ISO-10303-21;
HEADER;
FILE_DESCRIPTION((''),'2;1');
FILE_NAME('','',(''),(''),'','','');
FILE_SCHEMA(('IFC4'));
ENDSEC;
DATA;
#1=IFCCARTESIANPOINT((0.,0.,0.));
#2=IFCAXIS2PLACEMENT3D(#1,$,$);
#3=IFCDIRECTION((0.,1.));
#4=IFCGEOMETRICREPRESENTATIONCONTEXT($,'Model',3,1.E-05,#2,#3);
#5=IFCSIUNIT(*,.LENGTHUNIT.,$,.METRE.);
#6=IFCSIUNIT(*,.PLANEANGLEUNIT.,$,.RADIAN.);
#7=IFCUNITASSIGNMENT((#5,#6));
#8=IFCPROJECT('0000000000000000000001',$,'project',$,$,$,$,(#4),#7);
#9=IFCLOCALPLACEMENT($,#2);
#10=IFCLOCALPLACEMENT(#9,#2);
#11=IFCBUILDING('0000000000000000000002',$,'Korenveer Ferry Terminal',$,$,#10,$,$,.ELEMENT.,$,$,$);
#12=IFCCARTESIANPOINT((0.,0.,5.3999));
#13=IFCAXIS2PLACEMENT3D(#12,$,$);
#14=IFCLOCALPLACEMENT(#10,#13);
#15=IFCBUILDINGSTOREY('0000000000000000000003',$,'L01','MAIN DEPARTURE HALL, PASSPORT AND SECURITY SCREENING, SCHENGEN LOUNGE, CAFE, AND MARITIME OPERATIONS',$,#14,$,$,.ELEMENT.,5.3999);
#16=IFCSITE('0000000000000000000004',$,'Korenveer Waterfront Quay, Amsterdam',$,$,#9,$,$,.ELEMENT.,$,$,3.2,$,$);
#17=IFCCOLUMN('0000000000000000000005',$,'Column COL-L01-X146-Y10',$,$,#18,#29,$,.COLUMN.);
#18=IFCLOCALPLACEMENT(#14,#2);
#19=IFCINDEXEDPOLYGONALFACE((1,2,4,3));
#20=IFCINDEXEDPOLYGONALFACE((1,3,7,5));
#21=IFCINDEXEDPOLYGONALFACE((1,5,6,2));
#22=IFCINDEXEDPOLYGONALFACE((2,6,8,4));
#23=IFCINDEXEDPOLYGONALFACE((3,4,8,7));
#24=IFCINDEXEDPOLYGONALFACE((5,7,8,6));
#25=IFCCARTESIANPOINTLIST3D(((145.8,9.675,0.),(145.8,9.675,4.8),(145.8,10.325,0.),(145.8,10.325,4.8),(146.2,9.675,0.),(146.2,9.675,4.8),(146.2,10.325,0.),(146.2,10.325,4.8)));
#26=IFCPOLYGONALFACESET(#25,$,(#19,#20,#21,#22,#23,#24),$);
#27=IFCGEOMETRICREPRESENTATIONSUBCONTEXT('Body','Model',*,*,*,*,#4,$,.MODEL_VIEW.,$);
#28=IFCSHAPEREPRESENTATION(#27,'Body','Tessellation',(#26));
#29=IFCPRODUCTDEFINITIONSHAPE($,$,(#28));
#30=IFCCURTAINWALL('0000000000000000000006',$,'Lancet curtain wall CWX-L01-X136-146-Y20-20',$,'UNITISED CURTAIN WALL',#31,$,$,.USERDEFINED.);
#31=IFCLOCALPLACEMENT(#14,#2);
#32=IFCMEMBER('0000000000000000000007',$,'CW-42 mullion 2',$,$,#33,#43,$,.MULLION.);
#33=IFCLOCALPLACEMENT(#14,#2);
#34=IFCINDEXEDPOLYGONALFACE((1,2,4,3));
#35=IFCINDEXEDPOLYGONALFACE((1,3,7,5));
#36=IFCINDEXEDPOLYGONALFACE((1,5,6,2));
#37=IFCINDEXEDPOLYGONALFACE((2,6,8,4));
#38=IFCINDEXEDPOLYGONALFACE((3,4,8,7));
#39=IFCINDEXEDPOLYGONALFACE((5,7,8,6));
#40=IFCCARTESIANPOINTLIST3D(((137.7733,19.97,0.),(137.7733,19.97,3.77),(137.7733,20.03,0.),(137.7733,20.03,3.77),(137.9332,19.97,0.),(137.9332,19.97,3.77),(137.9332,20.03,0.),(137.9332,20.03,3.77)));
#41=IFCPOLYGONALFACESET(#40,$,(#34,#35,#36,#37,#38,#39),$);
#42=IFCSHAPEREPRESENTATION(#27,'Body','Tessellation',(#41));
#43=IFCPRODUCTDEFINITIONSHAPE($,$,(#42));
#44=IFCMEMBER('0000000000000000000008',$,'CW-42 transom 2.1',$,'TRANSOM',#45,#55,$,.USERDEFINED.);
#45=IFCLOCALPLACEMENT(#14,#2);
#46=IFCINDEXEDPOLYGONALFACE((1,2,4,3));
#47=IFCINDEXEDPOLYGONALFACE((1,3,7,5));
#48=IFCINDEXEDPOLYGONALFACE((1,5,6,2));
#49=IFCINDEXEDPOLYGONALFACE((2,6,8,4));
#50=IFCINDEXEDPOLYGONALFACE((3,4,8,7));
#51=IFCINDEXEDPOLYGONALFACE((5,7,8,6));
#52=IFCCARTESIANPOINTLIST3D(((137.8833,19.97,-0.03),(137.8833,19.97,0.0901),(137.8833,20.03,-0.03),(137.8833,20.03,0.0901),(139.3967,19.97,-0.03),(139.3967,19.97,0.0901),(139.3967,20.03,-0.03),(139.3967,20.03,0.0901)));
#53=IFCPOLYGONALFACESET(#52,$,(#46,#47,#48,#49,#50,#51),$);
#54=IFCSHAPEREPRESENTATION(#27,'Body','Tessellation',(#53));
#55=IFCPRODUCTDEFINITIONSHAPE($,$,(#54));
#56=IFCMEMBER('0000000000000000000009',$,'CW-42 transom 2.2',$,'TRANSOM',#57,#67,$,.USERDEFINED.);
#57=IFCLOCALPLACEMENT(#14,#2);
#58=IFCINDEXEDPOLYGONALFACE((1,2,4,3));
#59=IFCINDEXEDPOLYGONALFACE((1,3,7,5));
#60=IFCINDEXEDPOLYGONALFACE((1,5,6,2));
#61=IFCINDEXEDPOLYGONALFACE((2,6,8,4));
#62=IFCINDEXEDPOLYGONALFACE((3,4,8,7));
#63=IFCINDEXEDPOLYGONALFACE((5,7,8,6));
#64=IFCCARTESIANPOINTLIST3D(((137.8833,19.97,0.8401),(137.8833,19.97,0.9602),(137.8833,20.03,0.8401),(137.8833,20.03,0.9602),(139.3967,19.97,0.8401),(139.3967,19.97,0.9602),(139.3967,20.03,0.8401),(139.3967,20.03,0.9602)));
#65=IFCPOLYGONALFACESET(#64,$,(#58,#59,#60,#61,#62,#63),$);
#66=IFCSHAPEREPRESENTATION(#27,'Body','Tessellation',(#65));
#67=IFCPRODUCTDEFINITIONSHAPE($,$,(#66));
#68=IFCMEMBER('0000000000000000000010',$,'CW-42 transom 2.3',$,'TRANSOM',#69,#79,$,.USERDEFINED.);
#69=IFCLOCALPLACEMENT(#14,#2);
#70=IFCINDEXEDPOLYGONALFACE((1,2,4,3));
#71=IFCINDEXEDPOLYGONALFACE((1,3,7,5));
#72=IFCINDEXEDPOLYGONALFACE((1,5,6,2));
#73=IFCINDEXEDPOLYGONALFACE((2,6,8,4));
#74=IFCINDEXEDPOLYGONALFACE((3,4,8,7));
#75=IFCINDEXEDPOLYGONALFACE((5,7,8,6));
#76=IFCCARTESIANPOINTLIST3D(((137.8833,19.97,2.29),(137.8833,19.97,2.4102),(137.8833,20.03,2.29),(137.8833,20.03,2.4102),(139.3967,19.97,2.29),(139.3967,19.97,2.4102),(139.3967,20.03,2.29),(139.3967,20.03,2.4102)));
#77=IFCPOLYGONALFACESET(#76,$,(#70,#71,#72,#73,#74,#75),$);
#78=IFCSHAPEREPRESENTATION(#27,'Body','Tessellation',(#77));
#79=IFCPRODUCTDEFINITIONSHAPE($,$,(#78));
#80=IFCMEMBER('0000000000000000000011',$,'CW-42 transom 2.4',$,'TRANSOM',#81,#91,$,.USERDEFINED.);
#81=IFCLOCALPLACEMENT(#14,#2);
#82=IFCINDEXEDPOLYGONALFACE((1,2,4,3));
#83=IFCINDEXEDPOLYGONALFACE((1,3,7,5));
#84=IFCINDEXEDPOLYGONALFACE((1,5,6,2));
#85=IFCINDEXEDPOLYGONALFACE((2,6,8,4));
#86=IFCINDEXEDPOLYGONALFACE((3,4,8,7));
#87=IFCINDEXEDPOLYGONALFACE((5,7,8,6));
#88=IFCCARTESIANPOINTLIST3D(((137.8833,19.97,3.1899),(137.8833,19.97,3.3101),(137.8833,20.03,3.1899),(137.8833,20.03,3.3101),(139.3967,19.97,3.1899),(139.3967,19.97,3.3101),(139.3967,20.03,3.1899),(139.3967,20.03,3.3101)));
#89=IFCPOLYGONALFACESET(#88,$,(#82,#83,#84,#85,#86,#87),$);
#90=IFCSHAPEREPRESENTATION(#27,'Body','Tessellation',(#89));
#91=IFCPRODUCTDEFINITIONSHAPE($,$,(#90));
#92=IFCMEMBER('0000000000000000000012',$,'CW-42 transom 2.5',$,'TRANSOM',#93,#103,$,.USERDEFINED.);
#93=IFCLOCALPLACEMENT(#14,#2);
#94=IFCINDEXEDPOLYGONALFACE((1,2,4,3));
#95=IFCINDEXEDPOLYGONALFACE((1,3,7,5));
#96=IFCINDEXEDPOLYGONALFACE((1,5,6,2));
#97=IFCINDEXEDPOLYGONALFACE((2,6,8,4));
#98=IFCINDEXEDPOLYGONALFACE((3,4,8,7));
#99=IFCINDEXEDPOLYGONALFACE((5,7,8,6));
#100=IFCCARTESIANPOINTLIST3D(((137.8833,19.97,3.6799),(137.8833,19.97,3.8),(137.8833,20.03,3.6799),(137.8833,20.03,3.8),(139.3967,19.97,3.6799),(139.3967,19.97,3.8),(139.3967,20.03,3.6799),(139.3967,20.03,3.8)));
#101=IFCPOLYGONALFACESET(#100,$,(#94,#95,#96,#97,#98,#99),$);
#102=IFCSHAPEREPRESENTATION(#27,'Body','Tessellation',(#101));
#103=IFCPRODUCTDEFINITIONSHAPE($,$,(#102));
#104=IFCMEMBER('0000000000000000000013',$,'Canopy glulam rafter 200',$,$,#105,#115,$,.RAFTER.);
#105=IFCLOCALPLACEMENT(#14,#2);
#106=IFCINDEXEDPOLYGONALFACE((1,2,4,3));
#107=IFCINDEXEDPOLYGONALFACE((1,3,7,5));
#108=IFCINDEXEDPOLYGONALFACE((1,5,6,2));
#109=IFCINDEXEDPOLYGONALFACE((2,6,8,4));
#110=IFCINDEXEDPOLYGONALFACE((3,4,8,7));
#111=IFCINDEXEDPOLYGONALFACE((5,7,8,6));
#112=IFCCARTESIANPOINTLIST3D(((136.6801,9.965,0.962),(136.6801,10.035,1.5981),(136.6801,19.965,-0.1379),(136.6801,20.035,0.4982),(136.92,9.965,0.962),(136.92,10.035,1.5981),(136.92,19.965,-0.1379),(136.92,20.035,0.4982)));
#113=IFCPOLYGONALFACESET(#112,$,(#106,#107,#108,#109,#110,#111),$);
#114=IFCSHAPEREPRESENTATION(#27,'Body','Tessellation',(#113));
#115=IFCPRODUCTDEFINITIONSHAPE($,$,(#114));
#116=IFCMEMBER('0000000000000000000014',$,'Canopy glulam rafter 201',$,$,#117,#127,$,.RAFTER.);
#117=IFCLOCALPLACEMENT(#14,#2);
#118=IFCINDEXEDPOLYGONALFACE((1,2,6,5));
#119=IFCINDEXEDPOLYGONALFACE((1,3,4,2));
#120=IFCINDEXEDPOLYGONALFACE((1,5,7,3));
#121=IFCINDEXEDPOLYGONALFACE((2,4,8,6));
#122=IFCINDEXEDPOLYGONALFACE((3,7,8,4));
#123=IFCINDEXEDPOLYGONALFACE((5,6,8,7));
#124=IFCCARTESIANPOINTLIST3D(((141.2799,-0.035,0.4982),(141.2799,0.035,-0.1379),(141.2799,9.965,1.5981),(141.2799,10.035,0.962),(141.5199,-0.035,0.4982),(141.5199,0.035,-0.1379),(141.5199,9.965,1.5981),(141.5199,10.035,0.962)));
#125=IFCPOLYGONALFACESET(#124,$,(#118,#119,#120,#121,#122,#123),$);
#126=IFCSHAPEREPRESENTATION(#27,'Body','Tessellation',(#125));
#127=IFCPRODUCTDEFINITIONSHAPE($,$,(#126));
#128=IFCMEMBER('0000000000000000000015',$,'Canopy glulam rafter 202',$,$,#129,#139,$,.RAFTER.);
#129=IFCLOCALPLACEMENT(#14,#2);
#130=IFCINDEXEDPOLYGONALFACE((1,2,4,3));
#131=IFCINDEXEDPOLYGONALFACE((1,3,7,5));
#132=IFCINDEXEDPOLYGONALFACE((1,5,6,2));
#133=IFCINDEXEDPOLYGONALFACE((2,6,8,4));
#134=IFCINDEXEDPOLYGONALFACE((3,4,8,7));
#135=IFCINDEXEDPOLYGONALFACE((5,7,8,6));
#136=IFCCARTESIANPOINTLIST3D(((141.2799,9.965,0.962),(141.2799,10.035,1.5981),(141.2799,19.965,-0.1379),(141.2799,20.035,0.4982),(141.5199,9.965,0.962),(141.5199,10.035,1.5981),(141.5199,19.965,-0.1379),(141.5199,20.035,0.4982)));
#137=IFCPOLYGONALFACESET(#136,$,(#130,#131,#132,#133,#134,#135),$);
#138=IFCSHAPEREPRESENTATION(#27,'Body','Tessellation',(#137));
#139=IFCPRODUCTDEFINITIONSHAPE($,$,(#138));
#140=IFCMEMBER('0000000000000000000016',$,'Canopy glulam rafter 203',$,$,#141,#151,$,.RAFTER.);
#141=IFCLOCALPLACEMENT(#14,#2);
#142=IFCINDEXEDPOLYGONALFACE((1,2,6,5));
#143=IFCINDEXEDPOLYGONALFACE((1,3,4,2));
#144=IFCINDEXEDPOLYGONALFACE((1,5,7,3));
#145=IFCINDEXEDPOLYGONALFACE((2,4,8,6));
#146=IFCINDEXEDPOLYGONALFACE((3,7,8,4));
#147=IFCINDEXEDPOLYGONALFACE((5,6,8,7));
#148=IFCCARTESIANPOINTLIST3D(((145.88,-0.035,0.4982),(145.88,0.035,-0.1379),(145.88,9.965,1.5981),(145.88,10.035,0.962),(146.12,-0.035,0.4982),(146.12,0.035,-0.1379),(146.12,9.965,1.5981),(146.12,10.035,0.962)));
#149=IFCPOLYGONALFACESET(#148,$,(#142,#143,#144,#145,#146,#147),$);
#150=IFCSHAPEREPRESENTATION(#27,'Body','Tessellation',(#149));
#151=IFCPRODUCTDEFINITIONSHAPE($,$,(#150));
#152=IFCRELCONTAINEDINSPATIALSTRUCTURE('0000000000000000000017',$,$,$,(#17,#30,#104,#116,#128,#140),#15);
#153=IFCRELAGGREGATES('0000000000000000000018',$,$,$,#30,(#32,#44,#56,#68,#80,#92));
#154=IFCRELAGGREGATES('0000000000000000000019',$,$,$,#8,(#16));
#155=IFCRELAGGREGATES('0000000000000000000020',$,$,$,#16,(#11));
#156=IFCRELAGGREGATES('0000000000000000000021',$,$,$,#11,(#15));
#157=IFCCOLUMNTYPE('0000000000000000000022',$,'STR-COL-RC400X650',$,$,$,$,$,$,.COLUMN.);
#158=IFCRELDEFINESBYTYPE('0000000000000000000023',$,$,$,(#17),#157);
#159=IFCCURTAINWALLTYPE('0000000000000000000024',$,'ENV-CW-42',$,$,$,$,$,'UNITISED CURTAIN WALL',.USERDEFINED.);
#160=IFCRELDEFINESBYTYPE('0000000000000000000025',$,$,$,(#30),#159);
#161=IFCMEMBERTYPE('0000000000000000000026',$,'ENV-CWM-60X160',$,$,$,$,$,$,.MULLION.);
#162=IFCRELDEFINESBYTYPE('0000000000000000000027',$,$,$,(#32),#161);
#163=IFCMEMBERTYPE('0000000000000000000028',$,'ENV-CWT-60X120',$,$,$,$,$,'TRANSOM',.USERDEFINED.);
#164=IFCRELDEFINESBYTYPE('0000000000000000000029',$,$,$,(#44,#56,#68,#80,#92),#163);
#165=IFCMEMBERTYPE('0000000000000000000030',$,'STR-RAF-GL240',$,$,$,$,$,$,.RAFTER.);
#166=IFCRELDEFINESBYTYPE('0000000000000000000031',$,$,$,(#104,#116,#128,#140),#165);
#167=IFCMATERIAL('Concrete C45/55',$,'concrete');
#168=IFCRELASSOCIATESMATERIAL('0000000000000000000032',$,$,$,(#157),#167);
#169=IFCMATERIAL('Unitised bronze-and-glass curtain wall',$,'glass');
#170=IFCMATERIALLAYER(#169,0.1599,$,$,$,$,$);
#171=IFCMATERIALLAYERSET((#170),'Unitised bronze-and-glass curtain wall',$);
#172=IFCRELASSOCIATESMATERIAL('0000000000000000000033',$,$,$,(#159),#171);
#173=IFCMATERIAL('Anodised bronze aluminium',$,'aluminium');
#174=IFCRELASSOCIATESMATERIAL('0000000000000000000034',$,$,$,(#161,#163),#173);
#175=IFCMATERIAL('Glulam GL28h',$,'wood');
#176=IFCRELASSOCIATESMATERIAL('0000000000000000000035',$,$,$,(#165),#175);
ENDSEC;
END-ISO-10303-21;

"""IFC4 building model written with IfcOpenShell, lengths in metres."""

from ifc_helpers import new_model, si_unit, direction, frame, origin, origin_2d, place, context, subcontext, project, spatial, rectangle, extrude, material, layer, layer_set, material_profile, profile_set, type_object, element, aggregate, save


model = new_model("IFC4")

# Units and contexts
model_context = context("Model", 3, precision=1e-05, world=origin(), true_north=direction((0.0, 1.0)))
body_context = subcontext(model_context, "Body", "Model", "MODEL_VIEW")
ifc_project = project(units=[si_unit("LENGTHUNIT", "METRE"), si_unit("PLANEANGLEUNIT", "RADIAN")], contexts=[model_context])

# Site, building, storey
site_placement = place(None, origin())
site = spatial("IfcSite", under=ifc_project, at=site_placement, Name="Korenveer Waterfront Quay, Amsterdam", CompositionType="ELEMENT", RefElevation=3.2)
building_placement = place(site_placement, origin())
building = spatial("IfcBuilding", under=site, at=building_placement, Name="Korenveer Ferry Terminal", CompositionType="ELEMENT")
storey_placement = place(building_placement, frame((0.0, 0.0, 5.3999)))
storey = spatial("IfcBuildingStorey", under=building, at=storey_placement, Name="L01", Description="MAIN DEPARTURE HALL, PASSPORT AND SECURITY SCREENING, SCHENGEN LOUNGE, CAFE, AND MARITIME OPERATIONS", CompositionType="ELEMENT", Elevation=5.3999)

# Column
ifc_material_1 = material(Name="Concrete C45/55", Category="concrete")
ifc_material_profile_1 = material_profile(ifc_material_1, rectangle(XDim=0.3999, YDim=0.6499, at=origin_2d()), Name="RC 400x650")
ifc_profile_set_1 = profile_set([ifc_material_profile_1], Name="Concrete C45/55")
column_type = type_object("IfcColumnType", Name="STR-COL-RC400X650", PredefinedType="COLUMN", material=ifc_profile_set_1)
column_placement = place(storey_placement, frame((146.0, 10.0, 0.0), z_axis=(0.0, 0.0, 1.0), x_axis=(1.0, 0.0, 0.0)))
element("IfcColumn", 1, at=column_placement, inside=storey, type_object=column_type, Name="Column COL-L01-X146-Y10", PredefinedType="COLUMN", context=body_context, shape_type="SweptSolid", body=[
    extrude(rectangle(XDim=0.3999, YDim=0.6499, at=origin_2d()), origin(), (0.0, 0.0, 1.0), 4.8),
])

# Curtain wall, members
ifc_material_2 = material(Name="Unitised bronze-and-glass curtain wall", Category="glass")
ifc_layer_1 = layer(ifc_material_2, 0.1599)
ifc_layer_set_1 = layer_set([ifc_layer_1], Name="Unitised bronze-and-glass curtain wall")
curtain_wall_type = type_object("IfcCurtainWallType", Name="ENV-CW-42", ElementType="UNITISED CURTAIN WALL", PredefinedType="USERDEFINED", material=ifc_layer_set_1)
curtain_wall_placement = place(storey_placement, frame((136.28, 20.0, 0.0)))
curtain_wall = element("IfcCurtainWall", 2, at=curtain_wall_placement, inside=storey, type_object=curtain_wall_type, Name="Lancet curtain wall CWX-L01-X136-146-Y20-20", ObjectType="UNITISED CURTAIN WALL", PredefinedType="USERDEFINED")
ifc_material_3 = material(Name="Anodised bronze aluminium", Category="aluminium")
ifc_material_profile_2 = material_profile(ifc_material_3, rectangle(XDim=0.0601, YDim=0.1599, at=origin_2d()), Name="ALU 60x160")
ifc_profile_set_2 = profile_set([ifc_material_profile_2], Name="Anodised bronze aluminium")
member_type_1 = type_object("IfcMemberType", Name="ENV-CWM-60X160", PredefinedType="MULLION", material=ifc_profile_set_2)
member_1_placement = place(storey_placement, frame((137.8533, 20.0, 0.0), z_axis=(0.0, 0.0, 1.0), x_axis=(0.0, 1.0, 0.0)))
member_1 = element("IfcMember", 3, at=member_1_placement, type_object=member_type_1, Name="CW-42 mullion 2", PredefinedType="MULLION", context=body_context, shape_type="SweptSolid", body=[
    extrude(rectangle(XDim=0.0601, YDim=0.1599, at=origin_2d()), origin(), (0.0, 0.0, 1.0), 3.77),
])
ifc_material_profile_3 = material_profile(ifc_material_3, rectangle(XDim=0.0601, YDim=0.1201, at=origin_2d()), Name="ALU 60x120")
ifc_profile_set_3 = profile_set([ifc_material_profile_3], Name="Anodised bronze aluminium")
member_type_2 = type_object("IfcMemberType", Name="ENV-CWT-60X120", ElementType="TRANSOM", PredefinedType="USERDEFINED", material=ifc_profile_set_3)
member_2_placement = place(storey_placement, frame((137.8833, 20.0, 0.03), z_axis=(1.0, 0.0, 0.0), x_axis=(0.0, 1.0, 0.0)))
member_2 = element("IfcMember", 4, at=member_2_placement, type_object=member_type_2, Name="CW-42 transom 2.1", ObjectType="TRANSOM", PredefinedType="USERDEFINED", context=body_context, shape_type="SweptSolid", body=[
    extrude(rectangle(XDim=0.0601, YDim=0.1201, at=origin_2d()), origin(), (0.0, 0.0, 1.0), 1.5134),
])
member_3_placement = place(storey_placement, frame((137.8833, 20.0, 0.9001), z_axis=(1.0, 0.0, 0.0), x_axis=(0.0, 1.0, 0.0)))
member_3 = element("IfcMember", 5, at=member_3_placement, type_object=member_type_2, Name="CW-42 transom 2.2", ObjectType="TRANSOM", PredefinedType="USERDEFINED", context=body_context, shape_type="SweptSolid", body=[
    extrude(rectangle(XDim=0.0601, YDim=0.1201, at=origin_2d()), origin(), (0.0, 0.0, 1.0), 1.5134),
])
member_4_placement = place(storey_placement, frame((137.8833, 20.0, 2.3501), z_axis=(1.0, 0.0, 0.0), x_axis=(0.0, 1.0, 0.0)))
member_4 = element("IfcMember", 6, at=member_4_placement, type_object=member_type_2, Name="CW-42 transom 2.3", ObjectType="TRANSOM", PredefinedType="USERDEFINED", context=body_context, shape_type="SweptSolid", body=[
    extrude(rectangle(XDim=0.0601, YDim=0.1201, at=origin_2d()), origin(), (0.0, 0.0, 1.0), 1.5134),
])
member_5_placement = place(storey_placement, frame((137.8833, 20.0, 3.25), z_axis=(1.0, 0.0, 0.0), x_axis=(0.0, 1.0, 0.0)))
member_5 = element("IfcMember", 7, at=member_5_placement, type_object=member_type_2, Name="CW-42 transom 2.4", ObjectType="TRANSOM", PredefinedType="USERDEFINED", context=body_context, shape_type="SweptSolid", body=[
    extrude(rectangle(XDim=0.0601, YDim=0.1201, at=origin_2d()), origin(), (0.0, 0.0, 1.0), 1.5134),
])
member_6_placement = place(storey_placement, frame((137.8833, 20.0, 3.74), z_axis=(1.0, 0.0, 0.0), x_axis=(0.0, 1.0, 0.0)))
member_6 = element("IfcMember", 8, at=member_6_placement, type_object=member_type_2, Name="CW-42 transom 2.5", ObjectType="TRANSOM", PredefinedType="USERDEFINED", context=body_context, shape_type="SweptSolid", body=[
    extrude(rectangle(XDim=0.0601, YDim=0.1201, at=origin_2d()), origin(), (0.0, 0.0, 1.0), 1.5134),
])

# Members
ifc_material_4 = material(Name="Glulam GL28h", Category="wood")
ifc_material_profile_4 = material_profile(ifc_material_4, rectangle(XDim=0.24, YDim=0.6399, at=origin_2d()), Name="GL 240x640")
ifc_profile_set_4 = profile_set([ifc_material_profile_4], Name="Glulam GL28h")
member_type_3 = type_object("IfcMemberType", Name="STR-RAF-GL240", PredefinedType="RAFTER", material=ifc_profile_set_4)
for number, where, z_axis, x_axis, name in (
    (9, (136.8, 10.0, 1.28), (0.0, 0.994006, -0.109326), (-1.0, 0.0, 0.0), "Canopy glulam rafter 200"),
    (10, (141.3999, 0.0, 0.1802), (0.0, 0.994006, 0.109326), (-1.0, 0.0, 0.0), "Canopy glulam rafter 201"),
    (11, (141.3999, 10.0, 1.28), (0.0, 0.994006, -0.109326), (-1.0, 0.0, 0.0), "Canopy glulam rafter 202"),
    (12, (146.0, 0.0, 0.1802), (0.0, 0.994006, 0.109326), (-1.0, 0.0, 0.0), "Canopy glulam rafter 203"),
):
    element("IfcMember", number, at=place(storey_placement, frame(where, z_axis=z_axis, x_axis=x_axis)), inside=storey, type_object=member_type_3, Name=name, PredefinedType="RAFTER", context=body_context, shape_type="SweptSolid", body=[
        extrude(rectangle(XDim=0.24, YDim=0.6399, at=origin_2d()), origin(), (0.0, 0.0, 1.0), 10.0603),
    ])

aggregate(curtain_wall, [member_1, member_2, member_3, member_4, member_5, member_6])

save(model, "model.ifc")
